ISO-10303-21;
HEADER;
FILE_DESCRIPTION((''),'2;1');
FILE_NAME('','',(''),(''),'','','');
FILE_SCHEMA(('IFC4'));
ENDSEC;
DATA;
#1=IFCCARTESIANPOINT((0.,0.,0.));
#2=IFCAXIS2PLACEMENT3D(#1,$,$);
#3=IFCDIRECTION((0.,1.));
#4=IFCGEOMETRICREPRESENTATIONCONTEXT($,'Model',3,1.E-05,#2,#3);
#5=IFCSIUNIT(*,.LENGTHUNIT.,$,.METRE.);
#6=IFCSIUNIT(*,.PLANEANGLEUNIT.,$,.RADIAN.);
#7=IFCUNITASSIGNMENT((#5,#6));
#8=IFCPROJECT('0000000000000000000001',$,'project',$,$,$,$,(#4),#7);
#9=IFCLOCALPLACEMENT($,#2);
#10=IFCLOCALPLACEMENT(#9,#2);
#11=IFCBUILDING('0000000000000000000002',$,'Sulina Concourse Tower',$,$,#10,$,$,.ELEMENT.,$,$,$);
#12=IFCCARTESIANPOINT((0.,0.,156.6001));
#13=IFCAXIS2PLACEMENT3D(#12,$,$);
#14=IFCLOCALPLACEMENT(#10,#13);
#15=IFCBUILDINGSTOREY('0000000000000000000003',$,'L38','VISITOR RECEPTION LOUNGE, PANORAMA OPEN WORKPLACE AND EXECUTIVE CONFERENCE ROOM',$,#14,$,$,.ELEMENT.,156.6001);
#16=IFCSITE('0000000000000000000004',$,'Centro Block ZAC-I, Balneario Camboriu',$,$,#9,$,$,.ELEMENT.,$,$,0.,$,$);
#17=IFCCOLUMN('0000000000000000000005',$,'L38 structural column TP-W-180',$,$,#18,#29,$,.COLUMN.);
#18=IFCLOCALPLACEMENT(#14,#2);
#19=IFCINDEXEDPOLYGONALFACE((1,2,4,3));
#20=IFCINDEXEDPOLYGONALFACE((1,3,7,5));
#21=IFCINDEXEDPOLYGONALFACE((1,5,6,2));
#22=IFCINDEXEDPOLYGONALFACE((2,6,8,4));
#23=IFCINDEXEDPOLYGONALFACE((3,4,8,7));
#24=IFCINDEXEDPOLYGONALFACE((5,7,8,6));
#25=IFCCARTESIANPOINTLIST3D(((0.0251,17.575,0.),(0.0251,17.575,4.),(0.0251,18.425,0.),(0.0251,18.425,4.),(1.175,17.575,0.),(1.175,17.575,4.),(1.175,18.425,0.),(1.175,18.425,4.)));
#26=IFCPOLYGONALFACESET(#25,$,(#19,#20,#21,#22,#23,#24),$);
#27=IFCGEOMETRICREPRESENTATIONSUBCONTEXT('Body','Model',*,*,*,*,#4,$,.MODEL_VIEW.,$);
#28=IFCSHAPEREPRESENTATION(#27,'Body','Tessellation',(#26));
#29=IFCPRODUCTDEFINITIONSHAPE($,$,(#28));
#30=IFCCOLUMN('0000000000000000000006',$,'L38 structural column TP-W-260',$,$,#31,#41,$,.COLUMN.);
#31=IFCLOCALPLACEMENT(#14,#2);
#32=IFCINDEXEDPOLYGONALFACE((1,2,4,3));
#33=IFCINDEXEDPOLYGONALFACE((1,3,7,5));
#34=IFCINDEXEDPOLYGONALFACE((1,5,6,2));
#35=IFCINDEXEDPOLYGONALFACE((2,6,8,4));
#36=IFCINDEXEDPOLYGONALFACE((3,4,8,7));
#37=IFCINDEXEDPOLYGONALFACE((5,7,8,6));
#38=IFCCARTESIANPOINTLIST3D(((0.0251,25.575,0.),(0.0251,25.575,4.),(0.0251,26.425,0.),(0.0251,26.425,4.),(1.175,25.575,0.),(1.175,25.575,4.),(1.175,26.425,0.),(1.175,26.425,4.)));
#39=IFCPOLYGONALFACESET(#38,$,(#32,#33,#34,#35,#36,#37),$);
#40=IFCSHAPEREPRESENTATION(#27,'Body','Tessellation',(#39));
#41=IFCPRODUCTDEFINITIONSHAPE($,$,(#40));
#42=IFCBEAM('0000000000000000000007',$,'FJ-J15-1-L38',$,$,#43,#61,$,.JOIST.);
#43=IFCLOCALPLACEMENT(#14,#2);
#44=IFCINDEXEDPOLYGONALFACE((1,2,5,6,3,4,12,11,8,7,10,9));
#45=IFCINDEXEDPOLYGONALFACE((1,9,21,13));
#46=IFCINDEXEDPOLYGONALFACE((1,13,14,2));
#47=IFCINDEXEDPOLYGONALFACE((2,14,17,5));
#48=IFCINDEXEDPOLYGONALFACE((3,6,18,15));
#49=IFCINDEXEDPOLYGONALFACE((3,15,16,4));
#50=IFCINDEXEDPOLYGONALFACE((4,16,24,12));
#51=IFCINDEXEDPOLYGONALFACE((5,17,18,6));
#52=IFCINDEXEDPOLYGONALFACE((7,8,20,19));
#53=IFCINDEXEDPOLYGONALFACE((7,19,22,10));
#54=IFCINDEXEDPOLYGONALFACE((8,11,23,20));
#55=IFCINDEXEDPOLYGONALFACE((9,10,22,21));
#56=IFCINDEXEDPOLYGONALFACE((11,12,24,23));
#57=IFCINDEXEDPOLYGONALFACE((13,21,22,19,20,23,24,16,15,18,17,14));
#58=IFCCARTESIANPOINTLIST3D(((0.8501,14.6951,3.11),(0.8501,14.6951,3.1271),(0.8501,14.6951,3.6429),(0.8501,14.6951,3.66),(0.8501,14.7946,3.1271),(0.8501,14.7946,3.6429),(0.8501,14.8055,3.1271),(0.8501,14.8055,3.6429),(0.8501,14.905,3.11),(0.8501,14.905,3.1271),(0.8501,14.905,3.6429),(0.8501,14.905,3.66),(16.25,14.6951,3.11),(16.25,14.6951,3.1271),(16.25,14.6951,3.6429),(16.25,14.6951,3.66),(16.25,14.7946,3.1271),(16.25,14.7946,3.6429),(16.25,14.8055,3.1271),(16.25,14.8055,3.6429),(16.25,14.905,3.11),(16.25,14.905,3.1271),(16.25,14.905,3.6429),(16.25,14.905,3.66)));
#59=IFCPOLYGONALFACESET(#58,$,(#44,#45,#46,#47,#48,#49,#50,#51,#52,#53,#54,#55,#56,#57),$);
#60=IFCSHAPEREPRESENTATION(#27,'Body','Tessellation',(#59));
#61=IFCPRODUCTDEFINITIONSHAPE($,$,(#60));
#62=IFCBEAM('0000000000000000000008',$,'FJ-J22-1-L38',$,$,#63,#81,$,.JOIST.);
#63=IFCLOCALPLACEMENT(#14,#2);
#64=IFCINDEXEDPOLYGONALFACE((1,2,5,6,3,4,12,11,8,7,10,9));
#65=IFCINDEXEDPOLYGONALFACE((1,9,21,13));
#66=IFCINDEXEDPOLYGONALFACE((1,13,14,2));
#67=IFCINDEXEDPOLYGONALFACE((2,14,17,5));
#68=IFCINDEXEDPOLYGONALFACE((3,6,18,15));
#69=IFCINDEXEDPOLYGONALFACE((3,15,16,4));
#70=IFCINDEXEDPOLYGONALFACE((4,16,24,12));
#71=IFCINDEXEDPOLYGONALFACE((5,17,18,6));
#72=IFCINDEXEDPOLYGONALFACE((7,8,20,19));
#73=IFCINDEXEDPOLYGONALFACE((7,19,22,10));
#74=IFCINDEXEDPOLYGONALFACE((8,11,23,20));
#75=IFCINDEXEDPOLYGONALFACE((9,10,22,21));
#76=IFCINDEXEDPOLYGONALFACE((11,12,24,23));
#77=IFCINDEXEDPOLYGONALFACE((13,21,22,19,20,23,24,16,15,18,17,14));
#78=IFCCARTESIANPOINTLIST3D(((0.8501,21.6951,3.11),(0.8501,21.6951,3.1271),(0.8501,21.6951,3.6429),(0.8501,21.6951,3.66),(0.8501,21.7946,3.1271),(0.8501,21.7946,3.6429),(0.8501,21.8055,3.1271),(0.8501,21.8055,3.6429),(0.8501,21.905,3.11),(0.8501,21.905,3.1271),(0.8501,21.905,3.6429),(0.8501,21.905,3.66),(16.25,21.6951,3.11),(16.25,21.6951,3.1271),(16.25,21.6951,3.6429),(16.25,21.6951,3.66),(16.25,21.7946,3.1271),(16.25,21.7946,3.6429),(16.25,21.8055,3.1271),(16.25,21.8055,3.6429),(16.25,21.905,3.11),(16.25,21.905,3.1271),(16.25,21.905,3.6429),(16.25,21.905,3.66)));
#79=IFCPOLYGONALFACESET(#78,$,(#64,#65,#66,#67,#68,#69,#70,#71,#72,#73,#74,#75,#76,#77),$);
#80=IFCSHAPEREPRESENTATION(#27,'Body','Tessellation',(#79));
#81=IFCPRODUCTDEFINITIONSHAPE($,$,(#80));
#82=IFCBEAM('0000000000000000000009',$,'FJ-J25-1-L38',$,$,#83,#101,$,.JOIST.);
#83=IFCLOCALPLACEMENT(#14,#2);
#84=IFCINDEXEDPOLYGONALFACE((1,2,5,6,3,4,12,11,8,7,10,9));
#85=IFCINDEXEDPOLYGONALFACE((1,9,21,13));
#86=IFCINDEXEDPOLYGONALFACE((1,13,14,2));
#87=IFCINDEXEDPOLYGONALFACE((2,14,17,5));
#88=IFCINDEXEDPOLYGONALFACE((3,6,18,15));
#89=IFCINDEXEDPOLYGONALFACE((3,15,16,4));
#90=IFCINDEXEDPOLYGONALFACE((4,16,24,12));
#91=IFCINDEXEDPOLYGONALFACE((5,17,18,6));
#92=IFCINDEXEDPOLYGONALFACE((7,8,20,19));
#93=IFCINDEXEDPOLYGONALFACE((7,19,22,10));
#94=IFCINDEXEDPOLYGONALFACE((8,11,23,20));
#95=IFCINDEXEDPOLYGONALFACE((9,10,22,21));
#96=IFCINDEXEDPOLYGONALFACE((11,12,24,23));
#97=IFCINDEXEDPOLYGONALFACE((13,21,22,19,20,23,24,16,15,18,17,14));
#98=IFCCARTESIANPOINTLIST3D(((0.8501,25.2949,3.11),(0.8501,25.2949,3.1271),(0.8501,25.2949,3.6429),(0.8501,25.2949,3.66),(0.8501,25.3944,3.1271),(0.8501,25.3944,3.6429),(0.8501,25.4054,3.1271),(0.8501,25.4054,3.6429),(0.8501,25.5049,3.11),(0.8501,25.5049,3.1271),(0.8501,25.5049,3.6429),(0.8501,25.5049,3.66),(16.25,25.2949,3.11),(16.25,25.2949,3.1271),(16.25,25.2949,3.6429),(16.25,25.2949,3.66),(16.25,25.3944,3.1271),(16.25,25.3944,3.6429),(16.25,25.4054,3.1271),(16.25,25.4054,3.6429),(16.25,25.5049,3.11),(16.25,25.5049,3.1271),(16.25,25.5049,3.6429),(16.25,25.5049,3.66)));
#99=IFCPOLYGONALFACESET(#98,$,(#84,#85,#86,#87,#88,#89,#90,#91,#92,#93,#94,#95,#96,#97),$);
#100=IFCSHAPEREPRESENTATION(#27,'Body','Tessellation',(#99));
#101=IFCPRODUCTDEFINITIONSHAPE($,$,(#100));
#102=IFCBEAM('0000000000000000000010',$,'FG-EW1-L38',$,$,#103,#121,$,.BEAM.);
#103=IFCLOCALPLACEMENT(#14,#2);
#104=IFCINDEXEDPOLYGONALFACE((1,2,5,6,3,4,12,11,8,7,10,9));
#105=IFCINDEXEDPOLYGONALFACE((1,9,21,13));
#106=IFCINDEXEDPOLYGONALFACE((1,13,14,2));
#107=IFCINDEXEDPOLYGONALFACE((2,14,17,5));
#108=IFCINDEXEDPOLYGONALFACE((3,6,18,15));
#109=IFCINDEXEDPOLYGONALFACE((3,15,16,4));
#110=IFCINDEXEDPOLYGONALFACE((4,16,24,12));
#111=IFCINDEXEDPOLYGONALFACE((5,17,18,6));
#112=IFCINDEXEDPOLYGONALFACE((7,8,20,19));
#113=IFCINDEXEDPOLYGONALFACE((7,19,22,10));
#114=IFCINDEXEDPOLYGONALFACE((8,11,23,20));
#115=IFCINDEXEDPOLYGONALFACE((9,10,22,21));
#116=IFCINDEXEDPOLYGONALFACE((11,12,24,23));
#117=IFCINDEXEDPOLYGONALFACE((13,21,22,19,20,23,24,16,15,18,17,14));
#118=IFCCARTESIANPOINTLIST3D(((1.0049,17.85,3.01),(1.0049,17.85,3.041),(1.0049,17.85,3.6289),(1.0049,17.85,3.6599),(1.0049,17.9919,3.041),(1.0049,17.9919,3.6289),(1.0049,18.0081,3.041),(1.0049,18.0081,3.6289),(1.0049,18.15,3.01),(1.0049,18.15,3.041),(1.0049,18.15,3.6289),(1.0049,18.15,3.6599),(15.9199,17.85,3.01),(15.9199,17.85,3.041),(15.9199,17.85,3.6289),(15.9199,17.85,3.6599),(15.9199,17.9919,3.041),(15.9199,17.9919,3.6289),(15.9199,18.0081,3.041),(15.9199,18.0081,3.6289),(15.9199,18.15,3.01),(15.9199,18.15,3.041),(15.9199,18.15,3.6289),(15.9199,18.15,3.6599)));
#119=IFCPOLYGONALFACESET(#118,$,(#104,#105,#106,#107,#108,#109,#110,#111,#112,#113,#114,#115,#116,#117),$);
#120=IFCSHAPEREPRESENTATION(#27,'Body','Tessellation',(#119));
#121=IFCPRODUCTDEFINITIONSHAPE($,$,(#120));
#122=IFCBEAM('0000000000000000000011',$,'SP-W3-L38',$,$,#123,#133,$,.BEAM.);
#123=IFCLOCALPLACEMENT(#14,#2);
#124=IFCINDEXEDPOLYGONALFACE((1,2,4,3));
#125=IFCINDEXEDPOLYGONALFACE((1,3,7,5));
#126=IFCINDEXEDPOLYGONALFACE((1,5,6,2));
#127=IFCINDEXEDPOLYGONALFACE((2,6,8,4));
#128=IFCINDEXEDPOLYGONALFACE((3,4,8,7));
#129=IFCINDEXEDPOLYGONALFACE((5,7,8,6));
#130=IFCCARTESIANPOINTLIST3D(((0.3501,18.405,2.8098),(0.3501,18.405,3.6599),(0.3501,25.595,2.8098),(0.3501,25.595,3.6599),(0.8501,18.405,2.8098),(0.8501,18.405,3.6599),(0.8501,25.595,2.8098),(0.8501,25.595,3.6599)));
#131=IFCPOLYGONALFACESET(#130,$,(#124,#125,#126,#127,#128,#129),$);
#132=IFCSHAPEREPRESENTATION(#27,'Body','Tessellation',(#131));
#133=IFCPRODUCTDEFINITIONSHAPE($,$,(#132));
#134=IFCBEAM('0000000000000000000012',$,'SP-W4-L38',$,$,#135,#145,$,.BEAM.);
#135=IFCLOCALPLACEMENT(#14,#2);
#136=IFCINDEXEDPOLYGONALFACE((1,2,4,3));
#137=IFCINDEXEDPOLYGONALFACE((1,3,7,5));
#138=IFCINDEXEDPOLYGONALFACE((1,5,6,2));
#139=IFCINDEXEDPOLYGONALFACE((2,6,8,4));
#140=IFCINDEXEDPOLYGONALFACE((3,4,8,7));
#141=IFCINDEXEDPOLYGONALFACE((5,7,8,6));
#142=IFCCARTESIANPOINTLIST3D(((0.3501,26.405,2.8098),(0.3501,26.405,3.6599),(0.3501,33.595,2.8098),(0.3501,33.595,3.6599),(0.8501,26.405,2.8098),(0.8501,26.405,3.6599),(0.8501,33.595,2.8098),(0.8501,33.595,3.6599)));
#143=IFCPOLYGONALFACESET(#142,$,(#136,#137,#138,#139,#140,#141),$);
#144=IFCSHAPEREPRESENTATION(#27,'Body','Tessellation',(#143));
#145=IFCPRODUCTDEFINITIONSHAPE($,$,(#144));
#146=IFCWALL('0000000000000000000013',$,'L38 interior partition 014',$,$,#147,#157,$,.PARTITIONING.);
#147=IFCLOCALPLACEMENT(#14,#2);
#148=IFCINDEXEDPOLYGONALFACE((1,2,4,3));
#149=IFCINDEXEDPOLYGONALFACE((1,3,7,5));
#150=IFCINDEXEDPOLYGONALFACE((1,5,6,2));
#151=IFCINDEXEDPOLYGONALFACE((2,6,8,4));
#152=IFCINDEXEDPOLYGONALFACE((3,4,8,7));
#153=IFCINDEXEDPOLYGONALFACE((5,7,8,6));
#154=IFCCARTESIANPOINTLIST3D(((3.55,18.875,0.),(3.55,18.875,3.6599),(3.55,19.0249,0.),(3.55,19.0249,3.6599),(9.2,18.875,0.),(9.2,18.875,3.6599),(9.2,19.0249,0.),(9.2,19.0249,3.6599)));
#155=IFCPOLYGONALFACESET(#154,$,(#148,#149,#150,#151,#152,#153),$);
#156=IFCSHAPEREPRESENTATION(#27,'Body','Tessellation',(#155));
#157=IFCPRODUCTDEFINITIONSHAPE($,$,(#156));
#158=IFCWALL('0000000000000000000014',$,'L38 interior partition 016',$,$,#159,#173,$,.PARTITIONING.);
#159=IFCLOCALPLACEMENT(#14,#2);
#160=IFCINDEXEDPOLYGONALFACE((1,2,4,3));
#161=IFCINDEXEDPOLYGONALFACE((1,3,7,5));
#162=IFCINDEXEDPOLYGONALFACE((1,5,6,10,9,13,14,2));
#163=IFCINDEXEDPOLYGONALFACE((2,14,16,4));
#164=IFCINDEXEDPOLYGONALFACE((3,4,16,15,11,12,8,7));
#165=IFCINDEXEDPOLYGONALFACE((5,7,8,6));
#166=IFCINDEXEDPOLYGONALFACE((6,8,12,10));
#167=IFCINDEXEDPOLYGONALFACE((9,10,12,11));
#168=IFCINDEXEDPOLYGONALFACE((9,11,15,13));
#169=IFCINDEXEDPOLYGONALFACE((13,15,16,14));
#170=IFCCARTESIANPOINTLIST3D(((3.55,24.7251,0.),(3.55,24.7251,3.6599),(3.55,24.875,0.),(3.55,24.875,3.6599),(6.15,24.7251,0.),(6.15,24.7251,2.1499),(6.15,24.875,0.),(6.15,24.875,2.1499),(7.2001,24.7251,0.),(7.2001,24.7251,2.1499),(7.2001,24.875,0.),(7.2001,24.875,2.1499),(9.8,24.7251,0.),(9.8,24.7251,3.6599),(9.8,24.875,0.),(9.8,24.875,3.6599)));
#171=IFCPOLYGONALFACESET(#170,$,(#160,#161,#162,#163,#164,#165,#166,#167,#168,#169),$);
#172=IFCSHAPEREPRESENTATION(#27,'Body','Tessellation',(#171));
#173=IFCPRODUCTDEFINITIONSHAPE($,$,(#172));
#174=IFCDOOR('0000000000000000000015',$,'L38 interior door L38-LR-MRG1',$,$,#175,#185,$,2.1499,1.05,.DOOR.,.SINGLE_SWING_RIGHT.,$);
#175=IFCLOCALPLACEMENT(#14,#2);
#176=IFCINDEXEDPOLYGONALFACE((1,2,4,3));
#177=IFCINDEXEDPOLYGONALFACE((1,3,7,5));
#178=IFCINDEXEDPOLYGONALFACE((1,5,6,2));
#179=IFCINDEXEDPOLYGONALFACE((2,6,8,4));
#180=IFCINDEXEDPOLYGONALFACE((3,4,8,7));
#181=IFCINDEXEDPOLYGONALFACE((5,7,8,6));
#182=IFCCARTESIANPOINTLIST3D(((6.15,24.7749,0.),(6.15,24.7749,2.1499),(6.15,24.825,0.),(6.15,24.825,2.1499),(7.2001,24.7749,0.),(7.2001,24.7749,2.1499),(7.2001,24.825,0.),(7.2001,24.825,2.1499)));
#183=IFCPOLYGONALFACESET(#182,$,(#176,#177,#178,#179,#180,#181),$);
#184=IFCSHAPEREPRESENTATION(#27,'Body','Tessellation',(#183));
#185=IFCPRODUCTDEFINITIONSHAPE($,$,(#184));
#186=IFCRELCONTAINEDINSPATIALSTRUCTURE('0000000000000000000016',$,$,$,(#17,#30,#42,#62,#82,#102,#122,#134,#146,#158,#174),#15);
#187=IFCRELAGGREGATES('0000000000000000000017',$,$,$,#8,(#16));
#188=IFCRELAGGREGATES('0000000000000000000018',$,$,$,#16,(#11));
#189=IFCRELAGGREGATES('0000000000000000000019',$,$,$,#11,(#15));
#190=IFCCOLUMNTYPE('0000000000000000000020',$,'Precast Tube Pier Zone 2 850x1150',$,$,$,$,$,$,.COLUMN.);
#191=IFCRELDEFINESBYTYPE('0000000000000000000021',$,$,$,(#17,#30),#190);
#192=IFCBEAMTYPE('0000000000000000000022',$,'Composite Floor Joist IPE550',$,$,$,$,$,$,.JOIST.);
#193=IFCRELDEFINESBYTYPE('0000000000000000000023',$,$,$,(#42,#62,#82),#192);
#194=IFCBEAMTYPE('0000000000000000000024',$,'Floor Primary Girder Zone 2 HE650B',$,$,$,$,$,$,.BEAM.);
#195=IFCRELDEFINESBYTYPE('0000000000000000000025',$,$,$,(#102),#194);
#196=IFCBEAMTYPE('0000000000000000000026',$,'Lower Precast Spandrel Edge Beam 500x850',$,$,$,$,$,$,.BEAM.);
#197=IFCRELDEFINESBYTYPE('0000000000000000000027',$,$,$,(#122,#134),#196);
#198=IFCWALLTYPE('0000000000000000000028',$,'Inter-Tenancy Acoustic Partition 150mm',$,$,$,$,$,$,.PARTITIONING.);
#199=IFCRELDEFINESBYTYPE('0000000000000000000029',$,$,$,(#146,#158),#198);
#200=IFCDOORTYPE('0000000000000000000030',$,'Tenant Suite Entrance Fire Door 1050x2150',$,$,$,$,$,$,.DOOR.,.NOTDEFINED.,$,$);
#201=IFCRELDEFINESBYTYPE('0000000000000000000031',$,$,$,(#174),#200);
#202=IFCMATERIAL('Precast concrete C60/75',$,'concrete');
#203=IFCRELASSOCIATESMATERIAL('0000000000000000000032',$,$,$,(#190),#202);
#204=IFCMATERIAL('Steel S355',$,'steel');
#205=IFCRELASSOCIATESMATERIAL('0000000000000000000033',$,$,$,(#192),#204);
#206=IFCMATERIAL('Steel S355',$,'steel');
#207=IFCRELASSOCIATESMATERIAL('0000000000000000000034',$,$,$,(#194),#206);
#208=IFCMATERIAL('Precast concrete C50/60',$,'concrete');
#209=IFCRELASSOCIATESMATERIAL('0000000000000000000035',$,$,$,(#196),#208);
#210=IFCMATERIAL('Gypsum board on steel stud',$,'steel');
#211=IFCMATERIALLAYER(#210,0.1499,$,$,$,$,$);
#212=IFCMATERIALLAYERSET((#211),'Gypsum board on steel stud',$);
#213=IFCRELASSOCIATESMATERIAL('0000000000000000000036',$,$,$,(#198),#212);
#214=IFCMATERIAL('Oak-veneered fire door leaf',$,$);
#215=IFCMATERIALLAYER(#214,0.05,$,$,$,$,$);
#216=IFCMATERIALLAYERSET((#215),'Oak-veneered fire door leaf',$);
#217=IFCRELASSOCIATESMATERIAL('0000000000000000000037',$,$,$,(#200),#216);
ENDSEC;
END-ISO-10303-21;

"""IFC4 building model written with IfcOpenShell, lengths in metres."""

from ifc_helpers import new_model, si_unit, direction, frame, frame_2d, origin, origin_2d, place, context, subcontext, project, spatial, rectangle, i_section, extrude, material, layer, layer_set, material_profile, profile_set, type_object, element, fill, save


model = new_model("IFC4")

# Units and contexts
model_context = context("Model", 3, precision=1e-05, world=origin(), true_north=direction((0.0, 1.0)))
body_context = subcontext(model_context, "Body", "Model", "MODEL_VIEW")
ifc_project = project(units=[si_unit("LENGTHUNIT", "METRE"), si_unit("PLANEANGLEUNIT", "RADIAN")], contexts=[model_context])

# Site, building, storey
site_placement = place(None, origin())
site = spatial("IfcSite", under=ifc_project, at=site_placement, Name="Centro Block ZAC-I, Balneario Camboriu", CompositionType="ELEMENT", RefElevation=0.0)
building_placement = place(site_placement, origin())
building = spatial("IfcBuilding", under=site, at=building_placement, Name="Sulina Concourse Tower", CompositionType="ELEMENT")
storey_placement = place(building_placement, frame((0.0, 0.0, 156.6001)))
storey = spatial("IfcBuildingStorey", under=building, at=storey_placement, Name="L38", Description="VISITOR RECEPTION LOUNGE, PANORAMA OPEN WORKPLACE AND EXECUTIVE CONFERENCE ROOM", CompositionType="ELEMENT", Elevation=156.6001)

# Columns
ifc_material_1 = material(Name="Precast concrete C60/75", Category="concrete")
ifc_material_profile_1 = material_profile(ifc_material_1, rectangle(XDim=0.8501, YDim=1.1499, at=origin_2d()), Name="PC 850x1150")
ifc_profile_set_1 = profile_set([ifc_material_profile_1], Name="Precast concrete C60/75")
column_type = type_object("IfcColumnType", Name="Precast Tube Pier Zone 2 850x1150", PredefinedType="COLUMN", material=ifc_profile_set_1)
for number, where, z_axis, x_axis, name in (
    (1, (0.6001, 18.0, 0.0), (0.0, 0.0, 1.0), (0.0, 1.0, 0.0), "L38 structural column TP-W-180"),
    (2, (0.6001, 26.0, 0.0), (0.0, 0.0, 1.0), (0.0, 1.0, 0.0), "L38 structural column TP-W-260"),
):
    element("IfcColumn", number, at=place(storey_placement, frame(where, z_axis=z_axis, x_axis=x_axis)), inside=storey, type_object=column_type, Name=name, PredefinedType="COLUMN", context=body_context, shape_type="SweptSolid", body=[
        extrude(rectangle(XDim=0.8501, YDim=1.1499, at=origin_2d()), origin(), (0.0, 0.0, 1.0), 4.0),
    ])

# Beams
ifc_material_2 = material(Name="Steel S355", Category="steel")
ifc_material_profile_2 = material_profile(ifc_material_2, i_section(OverallWidth=0.21, OverallDepth=0.55, WebThickness=0.011, FlangeThickness=0.0171, at=origin_2d()), Name="IPE 550")
ifc_profile_set_2 = profile_set([ifc_material_profile_2], Name="Steel S355")
beam_type_1 = type_object("IfcBeamType", Name="Composite Floor Joist IPE550", PredefinedType="JOIST", material=ifc_profile_set_2)
for number, where, z_axis, x_axis, name in (
    (3, (0.8501, 14.8, 3.385), (1.0, 0.0, 0.0), (0.0, 1.0, 0.0), "FJ-J15-1-L38"),
    (4, (0.8501, 21.8, 3.385), (1.0, 0.0, 0.0), (0.0, 1.0, 0.0), "FJ-J22-1-L38"),
    (5, (0.8501, 25.3999, 3.385), (1.0, 0.0, 0.0), (0.0, 1.0, 0.0), "FJ-J25-1-L38"),
):
    element("IfcBeam", number, at=place(storey_placement, frame(where, z_axis=z_axis, x_axis=x_axis)), inside=storey, type_object=beam_type_1, Name=name, PredefinedType="JOIST", context=body_context, shape_type="SweptSolid", body=[
        extrude(i_section(OverallWidth=0.21, OverallDepth=0.55, WebThickness=0.011, FlangeThickness=0.0171, at=origin_2d()), origin(), (0.0, 0.0, 1.0), 15.3999),
    ])
ifc_material_3 = material(Name="Steel S355", Category="steel")
ifc_material_profile_3 = material_profile(ifc_material_3, i_section(OverallWidth=0.3, OverallDepth=0.6499, WebThickness=0.0161, FlangeThickness=0.031, at=origin_2d()), Name="HE 650 B")
ifc_profile_set_3 = profile_set([ifc_material_profile_3], Name="Steel S355")
beam_type_2 = type_object("IfcBeamType", Name="Floor Primary Girder Zone 2 HE650B", PredefinedType="BEAM", material=ifc_profile_set_3)
beam_placement = place(storey_placement, frame((1.0049, 18.0, 3.335), z_axis=(1.0, 0.0, 0.0), x_axis=(0.0, 1.0, 0.0)))
element("IfcBeam", 6, at=beam_placement, inside=storey, type_object=beam_type_2, Name="FG-EW1-L38", PredefinedType="BEAM", context=body_context, shape_type="SweptSolid", body=[
    extrude(i_section(OverallWidth=0.3, OverallDepth=0.6499, WebThickness=0.0161, FlangeThickness=0.031, at=origin_2d()), origin(), (0.0, 0.0, 1.0), 14.915),
])
ifc_material_4 = material(Name="Precast concrete C50/60", Category="concrete")
ifc_material_profile_4 = material_profile(ifc_material_4, rectangle(XDim=0.5, YDim=0.8501, at=origin_2d()), Name="RC 500x850")
ifc_profile_set_4 = profile_set([ifc_material_profile_4], Name="Precast concrete C50/60")
beam_type_3 = type_object("IfcBeamType", Name="Lower Precast Spandrel Edge Beam 500x850", PredefinedType="BEAM", material=ifc_profile_set_4)
for number, where, z_axis, x_axis, name in (
    (7, (0.6001, 18.405, 3.2349), (0.0, 1.0, 0.0), (-1.0, 0.0, 0.0), "SP-W3-L38"),
    (8, (0.6001, 26.405, 3.2349), (0.0, 1.0, 0.0), (-1.0, 0.0, 0.0), "SP-W4-L38"),
):
    element("IfcBeam", number, at=place(storey_placement, frame(where, z_axis=z_axis, x_axis=x_axis)), inside=storey, type_object=beam_type_3, Name=name, PredefinedType="BEAM", context=body_context, shape_type="SweptSolid", body=[
        extrude(rectangle(XDim=0.5, YDim=0.8501, at=origin_2d()), origin(), (0.0, 0.0, 1.0), 7.1899),
    ])

# Wall
ifc_material_5 = material(Name="Gypsum board on steel stud", Category="steel")
ifc_layer_1 = layer(ifc_material_5, 0.1499)
ifc_layer_set_1 = layer_set([ifc_layer_1], Name="Gypsum board on steel stud")
wall_type_1 = type_object("IfcWallType", Name="Inter-Tenancy Acoustic Partition 150mm", PredefinedType="PARTITIONING", material=ifc_layer_set_1)
wall_1_placement = place(storey_placement, frame((3.55, 18.95, 0.0), z_axis=(0.0, 0.0, 1.0), x_axis=(1.0, 0.0, 0.0)))
element("IfcWall", 9, at=wall_1_placement, inside=storey, type_object=wall_type_1, Name="L38 interior partition 014", PredefinedType="PARTITIONING", context=body_context, shape_type="SweptSolid", body=[
    extrude(rectangle(XDim=5.6499, YDim=0.1499, at=frame_2d((2.825, 0.0))), origin(), (0.0, 0.0, 1.0), 3.6599),
])

# Wall, opening, door
wall_2_placement = place(storey_placement, frame((3.55, 24.8, 0.0), z_axis=(0.0, 0.0, 1.0), x_axis=(1.0, 0.0, 0.0)))
wall_2 = element("IfcWall", 10, at=wall_2_placement, inside=storey, type_object=wall_type_1, Name="L38 interior partition 016", PredefinedType="PARTITIONING", context=body_context, shape_type="SweptSolid", body=[
    extrude(rectangle(XDim=6.25, YDim=0.1499, at=frame_2d((3.125, 0.0))), origin(), (0.0, 0.0, 1.0), 3.6599),
])
opening_1_placement = place(wall_2_placement, frame((2.6001, 0.0, 0.0)))
opening_1 = element("IfcOpeningElement", 11, at=opening_1_placement, cuts=wall_2, PredefinedType="OPENING", context=body_context, shape_type="SweptSolid", body=[
    extrude(rectangle(XDim=1.05, YDim=2.1499, at=frame_2d((0.5249, 1.075))), frame((0.0, 0.085, 0.0), z_axis=(0.0, -1.0, 0.0), x_axis=(1.0, 0.0, 0.0)), (0.0, 0.0, 1.0), 0.1699),
])
ifc_material_6 = material(Name="Oak-veneered fire door leaf")
ifc_layer_2 = layer(ifc_material_6, 0.05)
ifc_layer_set_2 = layer_set([ifc_layer_2], Name="Oak-veneered fire door leaf")
door_type_1 = type_object("IfcDoorType", Name="Tenant Suite Entrance Fire Door 1050x2150", OperationType="NOTDEFINED", PredefinedType="DOOR", material=ifc_layer_set_2)
door_1_placement = place(opening_1_placement, origin())
door_1 = element("IfcDoor", 12, at=door_1_placement, inside=storey, type_object=door_type_1, Name="L38 interior door L38-LR-MRG1", OperationType="SINGLE_SWING_RIGHT", OverallHeight=2.1499, OverallWidth=1.05, PredefinedType="DOOR", context=body_context, shape_type="SweptSolid", body=[
    extrude(rectangle(XDim=1.05, YDim=2.1499, at=frame_2d((0.5249, 1.075))), frame((0.0, 0.0249, 0.0), z_axis=(0.0, -1.0, 0.0), x_axis=(1.0, 0.0, 0.0)), (0.0, 0.0, 1.0), 0.05),
])
fill(opening_1, door_1)

save(model, "model.ifc")
